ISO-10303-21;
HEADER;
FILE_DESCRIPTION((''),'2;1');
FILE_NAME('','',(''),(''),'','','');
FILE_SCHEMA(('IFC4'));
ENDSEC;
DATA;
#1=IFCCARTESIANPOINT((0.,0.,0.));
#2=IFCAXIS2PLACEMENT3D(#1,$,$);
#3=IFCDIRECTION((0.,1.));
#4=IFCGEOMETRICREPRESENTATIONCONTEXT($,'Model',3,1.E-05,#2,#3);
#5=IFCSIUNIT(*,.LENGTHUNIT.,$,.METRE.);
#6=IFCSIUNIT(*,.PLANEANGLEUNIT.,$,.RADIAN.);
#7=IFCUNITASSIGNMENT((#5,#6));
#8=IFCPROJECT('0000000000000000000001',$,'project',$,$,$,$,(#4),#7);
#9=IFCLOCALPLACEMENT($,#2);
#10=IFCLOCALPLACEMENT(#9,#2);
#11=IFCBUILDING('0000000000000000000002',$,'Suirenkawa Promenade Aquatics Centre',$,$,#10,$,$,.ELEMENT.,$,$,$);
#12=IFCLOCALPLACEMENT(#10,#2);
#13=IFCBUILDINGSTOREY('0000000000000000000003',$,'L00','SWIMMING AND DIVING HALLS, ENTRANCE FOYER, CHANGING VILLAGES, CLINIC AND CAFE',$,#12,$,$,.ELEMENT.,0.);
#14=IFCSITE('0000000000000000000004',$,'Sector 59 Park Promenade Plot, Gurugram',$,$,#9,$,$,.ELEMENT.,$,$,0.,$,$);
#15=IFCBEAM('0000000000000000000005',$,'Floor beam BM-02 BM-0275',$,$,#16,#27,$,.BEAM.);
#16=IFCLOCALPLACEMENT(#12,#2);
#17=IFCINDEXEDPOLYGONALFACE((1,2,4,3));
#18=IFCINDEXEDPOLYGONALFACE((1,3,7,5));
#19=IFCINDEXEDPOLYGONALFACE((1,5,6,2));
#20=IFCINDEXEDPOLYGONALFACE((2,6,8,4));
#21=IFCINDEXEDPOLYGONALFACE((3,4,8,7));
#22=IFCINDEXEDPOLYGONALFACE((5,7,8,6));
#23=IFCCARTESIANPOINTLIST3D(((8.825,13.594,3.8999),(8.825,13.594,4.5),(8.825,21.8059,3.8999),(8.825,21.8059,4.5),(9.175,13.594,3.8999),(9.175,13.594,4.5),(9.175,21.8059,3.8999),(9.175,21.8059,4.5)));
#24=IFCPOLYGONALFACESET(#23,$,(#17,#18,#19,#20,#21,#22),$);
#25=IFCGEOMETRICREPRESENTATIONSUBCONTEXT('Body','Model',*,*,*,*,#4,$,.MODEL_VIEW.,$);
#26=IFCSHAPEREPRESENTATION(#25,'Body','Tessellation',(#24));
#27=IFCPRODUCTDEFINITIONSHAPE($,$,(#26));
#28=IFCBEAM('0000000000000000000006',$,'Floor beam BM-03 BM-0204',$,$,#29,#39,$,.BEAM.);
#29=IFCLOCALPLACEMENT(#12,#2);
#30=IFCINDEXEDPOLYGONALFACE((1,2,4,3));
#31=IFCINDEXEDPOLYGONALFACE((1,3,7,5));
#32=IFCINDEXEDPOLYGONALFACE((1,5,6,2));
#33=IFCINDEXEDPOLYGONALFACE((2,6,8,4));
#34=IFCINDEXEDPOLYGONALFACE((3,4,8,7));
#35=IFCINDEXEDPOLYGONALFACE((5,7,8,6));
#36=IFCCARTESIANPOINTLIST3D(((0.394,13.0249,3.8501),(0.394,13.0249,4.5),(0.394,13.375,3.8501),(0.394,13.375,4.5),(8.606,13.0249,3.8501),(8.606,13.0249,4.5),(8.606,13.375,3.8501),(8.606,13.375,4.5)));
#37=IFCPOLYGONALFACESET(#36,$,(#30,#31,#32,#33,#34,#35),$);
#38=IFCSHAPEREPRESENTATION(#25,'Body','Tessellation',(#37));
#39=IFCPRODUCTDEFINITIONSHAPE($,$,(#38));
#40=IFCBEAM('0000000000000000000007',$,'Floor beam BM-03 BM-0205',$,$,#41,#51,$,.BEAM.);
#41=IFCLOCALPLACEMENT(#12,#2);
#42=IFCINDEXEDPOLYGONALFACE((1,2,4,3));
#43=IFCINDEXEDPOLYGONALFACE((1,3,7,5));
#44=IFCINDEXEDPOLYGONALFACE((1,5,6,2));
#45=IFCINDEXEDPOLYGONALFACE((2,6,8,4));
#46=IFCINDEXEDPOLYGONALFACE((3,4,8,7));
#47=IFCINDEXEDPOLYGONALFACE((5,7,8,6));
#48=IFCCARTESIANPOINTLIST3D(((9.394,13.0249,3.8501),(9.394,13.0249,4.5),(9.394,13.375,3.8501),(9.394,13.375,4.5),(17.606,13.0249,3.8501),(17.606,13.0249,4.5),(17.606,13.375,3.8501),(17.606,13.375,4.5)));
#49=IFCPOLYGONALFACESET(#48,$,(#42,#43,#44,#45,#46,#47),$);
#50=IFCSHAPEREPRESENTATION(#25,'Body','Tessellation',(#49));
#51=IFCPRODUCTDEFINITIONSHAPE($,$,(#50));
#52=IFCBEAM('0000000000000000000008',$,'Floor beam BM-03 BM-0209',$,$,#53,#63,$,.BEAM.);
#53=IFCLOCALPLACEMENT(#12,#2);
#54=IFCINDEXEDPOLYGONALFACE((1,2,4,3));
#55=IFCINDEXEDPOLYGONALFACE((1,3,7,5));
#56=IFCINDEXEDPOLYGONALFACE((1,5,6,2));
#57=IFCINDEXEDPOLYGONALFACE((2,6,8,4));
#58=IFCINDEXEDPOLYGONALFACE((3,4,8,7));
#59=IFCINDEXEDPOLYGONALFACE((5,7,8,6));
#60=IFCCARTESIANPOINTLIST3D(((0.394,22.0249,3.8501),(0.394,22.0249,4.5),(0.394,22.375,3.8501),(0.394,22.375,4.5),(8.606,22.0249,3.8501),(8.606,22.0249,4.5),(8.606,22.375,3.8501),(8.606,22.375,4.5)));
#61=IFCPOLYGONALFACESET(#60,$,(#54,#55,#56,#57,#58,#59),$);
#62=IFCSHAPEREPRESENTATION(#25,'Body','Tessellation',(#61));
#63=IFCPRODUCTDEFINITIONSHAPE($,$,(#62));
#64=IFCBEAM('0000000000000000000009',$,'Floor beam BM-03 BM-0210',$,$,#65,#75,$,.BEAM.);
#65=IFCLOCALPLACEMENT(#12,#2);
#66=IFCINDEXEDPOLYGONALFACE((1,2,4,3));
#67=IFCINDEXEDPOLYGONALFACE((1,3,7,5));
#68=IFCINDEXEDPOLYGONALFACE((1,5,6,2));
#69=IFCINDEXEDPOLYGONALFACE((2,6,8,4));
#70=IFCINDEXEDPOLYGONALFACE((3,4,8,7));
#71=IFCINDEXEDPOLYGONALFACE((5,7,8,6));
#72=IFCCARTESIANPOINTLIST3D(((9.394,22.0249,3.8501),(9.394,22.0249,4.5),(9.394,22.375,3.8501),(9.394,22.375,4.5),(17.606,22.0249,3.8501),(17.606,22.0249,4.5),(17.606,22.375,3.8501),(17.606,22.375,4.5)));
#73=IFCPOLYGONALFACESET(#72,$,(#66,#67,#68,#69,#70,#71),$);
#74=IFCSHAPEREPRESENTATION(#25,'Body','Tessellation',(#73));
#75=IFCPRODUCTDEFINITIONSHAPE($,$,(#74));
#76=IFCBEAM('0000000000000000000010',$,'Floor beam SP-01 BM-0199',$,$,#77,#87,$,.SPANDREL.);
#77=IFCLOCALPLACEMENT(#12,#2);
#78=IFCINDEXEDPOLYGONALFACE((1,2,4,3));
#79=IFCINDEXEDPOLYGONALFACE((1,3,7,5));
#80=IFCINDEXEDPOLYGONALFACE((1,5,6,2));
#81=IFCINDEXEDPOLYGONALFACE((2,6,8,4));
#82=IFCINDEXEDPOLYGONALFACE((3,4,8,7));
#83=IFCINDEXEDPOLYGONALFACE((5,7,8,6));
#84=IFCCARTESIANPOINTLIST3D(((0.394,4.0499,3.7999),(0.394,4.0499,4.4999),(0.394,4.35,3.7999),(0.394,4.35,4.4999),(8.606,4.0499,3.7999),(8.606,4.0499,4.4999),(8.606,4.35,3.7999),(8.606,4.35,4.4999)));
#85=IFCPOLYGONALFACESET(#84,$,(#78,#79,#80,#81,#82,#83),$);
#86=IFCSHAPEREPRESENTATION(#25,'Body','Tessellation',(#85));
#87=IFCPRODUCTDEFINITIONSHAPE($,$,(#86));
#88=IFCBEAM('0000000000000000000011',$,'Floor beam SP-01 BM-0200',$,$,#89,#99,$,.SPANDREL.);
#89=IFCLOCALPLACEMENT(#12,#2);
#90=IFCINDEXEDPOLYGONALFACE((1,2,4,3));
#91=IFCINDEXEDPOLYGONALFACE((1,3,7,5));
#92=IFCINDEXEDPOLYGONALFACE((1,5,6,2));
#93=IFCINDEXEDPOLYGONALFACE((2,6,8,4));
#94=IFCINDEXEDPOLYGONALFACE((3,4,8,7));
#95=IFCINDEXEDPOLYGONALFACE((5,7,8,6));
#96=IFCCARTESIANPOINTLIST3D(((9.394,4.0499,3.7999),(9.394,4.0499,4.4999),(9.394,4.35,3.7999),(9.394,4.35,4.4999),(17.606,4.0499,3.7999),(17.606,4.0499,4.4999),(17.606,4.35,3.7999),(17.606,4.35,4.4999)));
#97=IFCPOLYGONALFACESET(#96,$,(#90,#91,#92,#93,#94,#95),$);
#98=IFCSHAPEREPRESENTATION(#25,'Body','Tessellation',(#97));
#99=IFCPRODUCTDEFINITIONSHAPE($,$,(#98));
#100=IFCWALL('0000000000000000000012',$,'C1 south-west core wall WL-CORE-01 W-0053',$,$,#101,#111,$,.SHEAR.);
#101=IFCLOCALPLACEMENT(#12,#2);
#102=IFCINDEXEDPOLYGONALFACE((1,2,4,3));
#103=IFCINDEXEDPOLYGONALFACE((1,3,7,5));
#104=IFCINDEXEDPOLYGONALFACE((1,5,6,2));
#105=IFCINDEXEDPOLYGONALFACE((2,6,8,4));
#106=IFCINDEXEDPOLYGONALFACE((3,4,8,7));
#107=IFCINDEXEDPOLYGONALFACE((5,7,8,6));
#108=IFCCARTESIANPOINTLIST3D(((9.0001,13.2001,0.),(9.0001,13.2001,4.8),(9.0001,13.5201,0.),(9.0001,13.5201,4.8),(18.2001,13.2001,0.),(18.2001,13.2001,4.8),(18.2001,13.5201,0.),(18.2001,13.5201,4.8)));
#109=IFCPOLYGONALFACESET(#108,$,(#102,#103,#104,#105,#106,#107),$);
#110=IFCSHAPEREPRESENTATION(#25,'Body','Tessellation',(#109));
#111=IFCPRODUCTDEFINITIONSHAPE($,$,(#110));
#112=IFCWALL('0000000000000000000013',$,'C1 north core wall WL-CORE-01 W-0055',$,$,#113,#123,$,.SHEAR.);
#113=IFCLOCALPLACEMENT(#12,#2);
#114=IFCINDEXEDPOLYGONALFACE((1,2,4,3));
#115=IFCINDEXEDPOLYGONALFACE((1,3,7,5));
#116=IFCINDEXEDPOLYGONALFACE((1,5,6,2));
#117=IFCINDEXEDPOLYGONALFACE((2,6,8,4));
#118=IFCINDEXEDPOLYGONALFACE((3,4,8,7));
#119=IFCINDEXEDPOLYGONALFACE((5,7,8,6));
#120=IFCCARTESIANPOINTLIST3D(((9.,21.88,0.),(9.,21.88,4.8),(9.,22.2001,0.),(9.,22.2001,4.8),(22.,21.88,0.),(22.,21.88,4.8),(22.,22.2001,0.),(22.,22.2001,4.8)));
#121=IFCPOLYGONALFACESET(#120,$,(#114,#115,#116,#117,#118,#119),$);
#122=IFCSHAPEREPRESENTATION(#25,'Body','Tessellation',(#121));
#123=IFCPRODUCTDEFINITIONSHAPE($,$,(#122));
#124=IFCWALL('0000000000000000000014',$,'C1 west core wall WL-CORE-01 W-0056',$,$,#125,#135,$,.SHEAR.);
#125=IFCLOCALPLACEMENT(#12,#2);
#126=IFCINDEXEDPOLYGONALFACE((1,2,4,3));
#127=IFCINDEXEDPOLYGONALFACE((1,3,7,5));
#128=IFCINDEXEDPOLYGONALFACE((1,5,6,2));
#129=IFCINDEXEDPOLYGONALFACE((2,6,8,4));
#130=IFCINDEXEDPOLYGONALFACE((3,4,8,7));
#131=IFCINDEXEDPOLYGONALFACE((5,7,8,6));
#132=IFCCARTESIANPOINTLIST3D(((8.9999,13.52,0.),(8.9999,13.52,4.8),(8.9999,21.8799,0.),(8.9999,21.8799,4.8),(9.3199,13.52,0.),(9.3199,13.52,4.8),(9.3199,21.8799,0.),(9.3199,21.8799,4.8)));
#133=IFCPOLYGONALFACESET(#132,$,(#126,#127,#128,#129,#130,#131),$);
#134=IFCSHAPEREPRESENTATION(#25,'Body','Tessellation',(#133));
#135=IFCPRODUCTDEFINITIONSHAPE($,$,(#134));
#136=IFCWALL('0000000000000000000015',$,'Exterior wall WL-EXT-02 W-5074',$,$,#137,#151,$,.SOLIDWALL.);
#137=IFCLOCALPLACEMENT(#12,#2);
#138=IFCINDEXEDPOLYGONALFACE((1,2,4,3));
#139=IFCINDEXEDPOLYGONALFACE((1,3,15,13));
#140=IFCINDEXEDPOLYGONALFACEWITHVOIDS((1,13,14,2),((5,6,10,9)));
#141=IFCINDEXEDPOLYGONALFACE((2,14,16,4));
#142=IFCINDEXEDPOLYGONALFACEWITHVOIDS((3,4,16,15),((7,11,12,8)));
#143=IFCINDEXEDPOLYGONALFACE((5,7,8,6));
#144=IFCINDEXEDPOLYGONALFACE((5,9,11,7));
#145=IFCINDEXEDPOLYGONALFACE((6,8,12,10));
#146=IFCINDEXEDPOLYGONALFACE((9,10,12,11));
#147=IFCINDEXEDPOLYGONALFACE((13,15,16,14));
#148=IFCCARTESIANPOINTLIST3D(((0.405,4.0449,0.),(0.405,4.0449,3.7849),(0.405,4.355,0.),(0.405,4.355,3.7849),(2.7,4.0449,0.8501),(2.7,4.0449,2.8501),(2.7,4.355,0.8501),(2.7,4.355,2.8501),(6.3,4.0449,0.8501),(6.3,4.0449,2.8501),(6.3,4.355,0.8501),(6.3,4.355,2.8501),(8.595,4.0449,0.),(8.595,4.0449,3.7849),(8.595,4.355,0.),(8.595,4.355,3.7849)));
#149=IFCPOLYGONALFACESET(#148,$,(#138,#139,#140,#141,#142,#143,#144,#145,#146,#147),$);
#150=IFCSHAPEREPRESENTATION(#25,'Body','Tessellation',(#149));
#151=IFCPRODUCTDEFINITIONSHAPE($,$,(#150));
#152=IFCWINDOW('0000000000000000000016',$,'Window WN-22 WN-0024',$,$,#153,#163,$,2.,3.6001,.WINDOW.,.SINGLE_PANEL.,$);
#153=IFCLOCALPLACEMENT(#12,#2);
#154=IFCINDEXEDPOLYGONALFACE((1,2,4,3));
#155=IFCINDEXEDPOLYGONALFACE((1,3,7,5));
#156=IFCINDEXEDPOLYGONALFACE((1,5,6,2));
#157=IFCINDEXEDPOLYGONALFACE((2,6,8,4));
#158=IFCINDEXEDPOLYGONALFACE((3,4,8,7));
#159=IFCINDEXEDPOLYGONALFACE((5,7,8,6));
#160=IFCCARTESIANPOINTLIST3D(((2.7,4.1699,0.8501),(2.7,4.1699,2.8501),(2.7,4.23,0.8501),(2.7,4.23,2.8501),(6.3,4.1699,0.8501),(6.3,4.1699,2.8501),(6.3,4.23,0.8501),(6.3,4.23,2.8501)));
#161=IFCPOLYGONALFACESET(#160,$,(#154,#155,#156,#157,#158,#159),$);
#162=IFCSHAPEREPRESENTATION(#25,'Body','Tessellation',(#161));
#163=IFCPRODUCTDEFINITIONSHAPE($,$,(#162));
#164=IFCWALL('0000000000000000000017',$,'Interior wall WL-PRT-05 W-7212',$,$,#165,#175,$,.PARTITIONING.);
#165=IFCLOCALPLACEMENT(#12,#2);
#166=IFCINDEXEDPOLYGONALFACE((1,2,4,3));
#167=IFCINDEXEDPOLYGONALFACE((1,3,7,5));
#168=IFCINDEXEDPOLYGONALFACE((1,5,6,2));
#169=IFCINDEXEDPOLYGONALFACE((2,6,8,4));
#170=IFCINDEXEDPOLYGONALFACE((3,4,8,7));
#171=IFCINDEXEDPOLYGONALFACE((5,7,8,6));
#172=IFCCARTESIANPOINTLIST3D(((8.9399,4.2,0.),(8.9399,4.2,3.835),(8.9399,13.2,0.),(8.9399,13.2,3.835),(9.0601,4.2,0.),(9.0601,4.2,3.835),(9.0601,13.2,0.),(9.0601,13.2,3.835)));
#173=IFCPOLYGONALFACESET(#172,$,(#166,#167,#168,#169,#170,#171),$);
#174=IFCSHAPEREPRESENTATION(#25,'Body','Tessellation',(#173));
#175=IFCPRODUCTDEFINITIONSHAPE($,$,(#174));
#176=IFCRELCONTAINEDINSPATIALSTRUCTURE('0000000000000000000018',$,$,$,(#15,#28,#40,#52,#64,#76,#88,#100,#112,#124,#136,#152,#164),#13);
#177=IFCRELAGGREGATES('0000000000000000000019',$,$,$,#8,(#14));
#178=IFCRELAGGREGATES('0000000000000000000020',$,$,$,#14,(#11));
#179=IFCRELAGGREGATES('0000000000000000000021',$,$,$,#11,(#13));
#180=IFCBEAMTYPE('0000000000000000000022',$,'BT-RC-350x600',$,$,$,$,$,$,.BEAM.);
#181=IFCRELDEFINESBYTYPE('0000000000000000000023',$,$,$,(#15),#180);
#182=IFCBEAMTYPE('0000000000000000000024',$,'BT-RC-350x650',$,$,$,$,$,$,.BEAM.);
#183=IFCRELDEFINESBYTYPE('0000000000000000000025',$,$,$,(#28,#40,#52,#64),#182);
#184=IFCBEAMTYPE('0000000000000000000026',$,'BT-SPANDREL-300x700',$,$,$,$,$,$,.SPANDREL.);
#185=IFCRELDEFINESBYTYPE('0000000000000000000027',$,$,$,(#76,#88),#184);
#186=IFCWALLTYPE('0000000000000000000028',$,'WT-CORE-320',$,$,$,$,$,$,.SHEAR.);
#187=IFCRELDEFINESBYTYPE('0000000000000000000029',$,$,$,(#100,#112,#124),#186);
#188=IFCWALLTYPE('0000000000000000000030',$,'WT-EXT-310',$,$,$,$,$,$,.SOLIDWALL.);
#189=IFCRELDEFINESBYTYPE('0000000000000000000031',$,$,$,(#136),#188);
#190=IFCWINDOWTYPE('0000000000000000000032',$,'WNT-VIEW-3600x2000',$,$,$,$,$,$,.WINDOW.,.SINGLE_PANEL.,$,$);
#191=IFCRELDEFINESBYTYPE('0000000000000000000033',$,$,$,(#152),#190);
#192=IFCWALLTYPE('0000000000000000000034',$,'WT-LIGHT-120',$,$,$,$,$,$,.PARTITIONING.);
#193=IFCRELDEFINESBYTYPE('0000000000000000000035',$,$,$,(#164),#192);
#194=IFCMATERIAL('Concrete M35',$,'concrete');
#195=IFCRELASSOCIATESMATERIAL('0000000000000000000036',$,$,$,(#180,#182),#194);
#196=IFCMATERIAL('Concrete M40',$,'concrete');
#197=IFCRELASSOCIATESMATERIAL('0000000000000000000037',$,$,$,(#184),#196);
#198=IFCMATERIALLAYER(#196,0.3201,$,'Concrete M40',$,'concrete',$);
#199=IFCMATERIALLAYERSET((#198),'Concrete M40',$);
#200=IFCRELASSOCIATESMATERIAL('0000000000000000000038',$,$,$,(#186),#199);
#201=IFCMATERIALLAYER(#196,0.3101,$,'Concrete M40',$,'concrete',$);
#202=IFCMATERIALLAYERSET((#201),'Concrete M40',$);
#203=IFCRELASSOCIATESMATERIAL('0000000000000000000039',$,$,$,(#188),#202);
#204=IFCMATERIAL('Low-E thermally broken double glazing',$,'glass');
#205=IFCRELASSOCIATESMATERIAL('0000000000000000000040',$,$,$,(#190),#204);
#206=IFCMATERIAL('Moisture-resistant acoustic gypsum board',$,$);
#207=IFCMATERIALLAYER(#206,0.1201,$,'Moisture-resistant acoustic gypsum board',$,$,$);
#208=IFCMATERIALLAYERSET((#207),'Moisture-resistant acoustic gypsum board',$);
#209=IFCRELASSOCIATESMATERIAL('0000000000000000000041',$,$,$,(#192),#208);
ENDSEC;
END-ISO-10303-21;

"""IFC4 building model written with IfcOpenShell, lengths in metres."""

from ifc_helpers import new_model, si_unit, direction, frame, frame_2d, origin, origin_2d, place, context, subcontext, project, spatial, rectangle, extrude, material, layer, layer_set, material_profile, profile_set, type_object, element, fill, save


model = new_model("IFC4")

# Units and contexts
model_context = context("Model", 3, precision=1e-05, world=origin(), true_north=direction((0.0, 1.0)))
body_context = subcontext(model_context, "Body", "Model", "MODEL_VIEW")
ifc_project = project(units=[si_unit("LENGTHUNIT", "METRE"), si_unit("PLANEANGLEUNIT", "RADIAN")], contexts=[model_context])

# Site, building, storey
site_placement = place(None, origin())
site = spatial("IfcSite", under=ifc_project, at=site_placement, Name="Sector 59 Park Promenade Plot, Gurugram", CompositionType="ELEMENT", RefElevation=0.0)
building_placement = place(site_placement, origin())
building = spatial("IfcBuilding", under=site, at=building_placement, Name="Suirenkawa Promenade Aquatics Centre", CompositionType="ELEMENT")
storey_placement = place(building_placement, origin())
storey = spatial("IfcBuildingStorey", under=building, at=storey_placement, Name="L00", Description="SWIMMING AND DIVING HALLS, ENTRANCE FOYER, CHANGING VILLAGES, CLINIC AND CAFE", CompositionType="ELEMENT", Elevation=0.0)

# Shared definitions
ifc_material_1 = material(Name="Concrete M40", Category="concrete")

# Beams
ifc_material_2 = material(Name="Concrete M35", Category="concrete")
ifc_material_profile_1 = material_profile(ifc_material_2, rectangle(XDim=0.3501, YDim=0.6001, at=origin_2d()), Name="RC BM 350x600", Category="concrete")
ifc_profile_set_1 = profile_set([ifc_material_profile_1], Name="Concrete M35")
beam_type_1 = type_object("IfcBeamType", Name="BT-RC-350x600", PredefinedType="BEAM", material=ifc_profile_set_1)
for number, where, z_axis, x_axis, name in (
    (1, (9.0, 13.594, 4.2), (0.0, 1.0, 0.0), (-1.0, 0.0, 0.0), "Floor beam BM-02 BM-0275"),
):
    element("IfcBeam", number, at=place(storey_placement, frame(where, z_axis=z_axis, x_axis=x_axis)), inside=storey, type_object=beam_type_1, Name=name, PredefinedType="BEAM", context=body_context, shape_type="SweptSolid", body=[
        extrude(rectangle(XDim=0.3501, YDim=0.6001, at=origin_2d()), origin(), (0.0, 0.0, 1.0), 8.2119),
    ])
ifc_material_profile_2 = material_profile(ifc_material_2, rectangle(XDim=0.3501, YDim=0.6499, at=origin_2d()), Name="RC BM 350x650", Category="concrete")
ifc_profile_set_2 = profile_set([ifc_material_profile_2], Name="Concrete M35")
beam_type_2 = type_object("IfcBeamType", Name="BT-RC-350x650", PredefinedType="BEAM", material=ifc_profile_set_2)
for number, where, z_axis, x_axis, name in (
    (2, (0.394, 13.2, 4.175), (1.0, 0.0, 0.0), (0.0, 1.0, 0.0), "Floor beam BM-03 BM-0204"),
    (3, (9.394, 13.2, 4.175), (1.0, 0.0, 0.0), (0.0, 1.0, 0.0), "Floor beam BM-03 BM-0205"),
    (4, (0.394, 22.2, 4.175), (1.0, 0.0, 0.0), (0.0, 1.0, 0.0), "Floor beam BM-03 BM-0209"),
    (5, (9.394, 22.2, 4.175), (1.0, 0.0, 0.0), (0.0, 1.0, 0.0), "Floor beam BM-03 BM-0210"),
):
    element("IfcBeam", number, at=place(storey_placement, frame(where, z_axis=z_axis, x_axis=x_axis)), inside=storey, type_object=beam_type_2, Name=name, PredefinedType="BEAM", context=body_context, shape_type="SweptSolid", body=[
        extrude(rectangle(XDim=0.3501, YDim=0.6499, at=origin_2d()), origin(), (0.0, 0.0, 1.0), 8.2119),
    ])
ifc_material_profile_3 = material_profile(ifc_material_1, rectangle(XDim=0.3, YDim=0.7, at=origin_2d()), Name="RC SPANDREL 300x700", Category="concrete")
ifc_profile_set_3 = profile_set([ifc_material_profile_3], Name="Concrete M40")
beam_type_3 = type_object("IfcBeamType", Name="BT-SPANDREL-300x700", PredefinedType="SPANDREL", material=ifc_profile_set_3)
for number, where, z_axis, x_axis, name in (
    (6, (0.394, 4.2, 4.1499), (1.0, 0.0, 0.0), (0.0, 1.0, 0.0), "Floor beam SP-01 BM-0199"),
    (7, (9.394, 4.2, 4.1499), (1.0, 0.0, 0.0), (0.0, 1.0, 0.0), "Floor beam SP-01 BM-0200"),
):
    element("IfcBeam", number, at=place(storey_placement, frame(where, z_axis=z_axis, x_axis=x_axis)), inside=storey, type_object=beam_type_3, Name=name, PredefinedType="SPANDREL", context=body_context, shape_type="SweptSolid", body=[
        extrude(rectangle(XDim=0.3, YDim=0.7, at=origin_2d()), origin(), (0.0, 0.0, 1.0), 8.2119),
    ])

# Walls
ifc_layer_1 = layer(ifc_material_1, 0.3201, Name="Concrete M40", Category="concrete")
ifc_layer_set_1 = layer_set([ifc_layer_1], Name="Concrete M40")
wall_type_1 = type_object("IfcWallType", Name="WT-CORE-320", PredefinedType="SHEAR", material=ifc_layer_set_1)
wall_1_placement = place(storey_placement, frame((9.0, 13.3601, 0.0), z_axis=(0.0, 0.0, 1.0), x_axis=(1.0, 0.0, 0.0)))
element("IfcWall", 8, at=wall_1_placement, inside=storey, type_object=wall_type_1, Name="C1 south-west core wall WL-CORE-01 W-0053", PredefinedType="SHEAR", context=body_context, shape_type="SweptSolid", body=[
    extrude(rectangle(XDim=9.2, YDim=0.3201, at=frame_2d((4.6001, 0.0))), origin(), (0.0, 0.0, 1.0), 4.8),
])
wall_2_placement = place(storey_placement, frame((9.0, 22.04, 0.0), z_axis=(0.0, 0.0, 1.0), x_axis=(1.0, 0.0, 0.0)))
element("IfcWall", 9, at=wall_2_placement, inside=storey, type_object=wall_type_1, Name="C1 north core wall WL-CORE-01 W-0055", PredefinedType="SHEAR", context=body_context, shape_type="SweptSolid", body=[
    extrude(rectangle(XDim=13.0, YDim=0.3201, at=frame_2d((6.5, 0.0))), origin(), (0.0, 0.0, 1.0), 4.8),
])
wall_3_placement = place(storey_placement, frame((9.1599, 13.52, 0.0), z_axis=(0.0, 0.0, 1.0), x_axis=(0.0, 1.0, 0.0)))
element("IfcWall", 10, at=wall_3_placement, inside=storey, type_object=wall_type_1, Name="C1 west core wall WL-CORE-01 W-0056", PredefinedType="SHEAR", context=body_context, shape_type="SweptSolid", body=[
    extrude(rectangle(XDim=8.3599, YDim=0.3201, at=frame_2d((4.1799, 0.0))), origin(), (0.0, 0.0, 1.0), 4.8),
])

# Wall, opening, window
ifc_layer_2 = layer(ifc_material_1, 0.3101, Name="Concrete M40", Category="concrete")
ifc_layer_set_2 = layer_set([ifc_layer_2], Name="Concrete M40")
wall_type_2 = type_object("IfcWallType", Name="WT-EXT-310", PredefinedType="SOLIDWALL", material=ifc_layer_set_2)
wall_4_placement = place(storey_placement, frame((8.595, 4.2, 0.0), z_axis=(0.0, 0.0, 1.0), x_axis=(-1.0, 0.0, 0.0)))
wall_4 = element("IfcWall", 11, at=wall_4_placement, inside=storey, type_object=wall_type_2, Name="Exterior wall WL-EXT-02 W-5074", PredefinedType="SOLIDWALL", context=body_context, shape_type="SweptSolid", body=[
    extrude(rectangle(XDim=8.1899, YDim=0.3101, at=frame_2d((4.095, 0.0))), origin(), (0.0, 0.0, 1.0), 3.7849),
])
opening_1_placement = place(wall_4_placement, frame((2.2949, 0.0, 0.8501)))
opening_1 = element("IfcOpeningElement", 12, at=opening_1_placement, cuts=wall_4, PredefinedType="OPENING", context=body_context, shape_type="SweptSolid", body=[
    extrude(rectangle(XDim=3.6001, YDim=2.0, at=frame_2d((1.8, 1.0))), frame((0.0, 0.165, 0.0), z_axis=(0.0, -1.0, 0.0), x_axis=(1.0, 0.0, 0.0)), (0.0, 0.0, 1.0), 0.3301),
])
ifc_material_3 = material(Name="Low-E thermally broken double glazing", Category="glass")
window_type = type_object("IfcWindowType", Name="WNT-VIEW-3600x2000", PartitioningType="SINGLE_PANEL", PredefinedType="WINDOW", material=ifc_material_3)
window_placement = place(opening_1_placement, origin())
window = element("IfcWindow", 13, at=window_placement, inside=storey, type_object=window_type, Name="Window WN-22 WN-0024", OverallHeight=2.0, OverallWidth=3.6001, PartitioningType="SINGLE_PANEL", PredefinedType="WINDOW", context=body_context, shape_type="SweptSolid", body=[
    extrude(rectangle(XDim=3.6001, YDim=2.0, at=frame_2d((1.8, 1.0))), frame((0.0, 0.03, 0.0), z_axis=(0.0, -1.0, 0.0), x_axis=(1.0, 0.0, 0.0)), (0.0, 0.0, 1.0), 0.0601),
])
fill(opening_1, window)

# Wall
ifc_material_4 = material(Name="Moisture-resistant acoustic gypsum board")
ifc_layer_3 = layer(ifc_material_4, 0.1201, Name="Moisture-resistant acoustic gypsum board")
ifc_layer_set_3 = layer_set([ifc_layer_3], Name="Moisture-resistant acoustic gypsum board")
wall_type_3 = type_object("IfcWallType", Name="WT-LIGHT-120", PredefinedType="PARTITIONING", material=ifc_layer_set_3)
wall_5_placement = place(storey_placement, frame((9.0, 4.2, 0.0), z_axis=(0.0, 0.0, 1.0), x_axis=(0.0, 1.0, 0.0)))
element("IfcWall", 14, at=wall_5_placement, inside=storey, type_object=wall_type_3, Name="Interior wall WL-PRT-05 W-7212", PredefinedType="PARTITIONING", context=body_context, shape_type="SweptSolid", body=[
    extrude(rectangle(XDim=9.0, YDim=0.1201, at=frame_2d((4.5, 0.0))), origin(), (0.0, 0.0, 1.0), 3.835),
])

save(model, "model.ifc")
